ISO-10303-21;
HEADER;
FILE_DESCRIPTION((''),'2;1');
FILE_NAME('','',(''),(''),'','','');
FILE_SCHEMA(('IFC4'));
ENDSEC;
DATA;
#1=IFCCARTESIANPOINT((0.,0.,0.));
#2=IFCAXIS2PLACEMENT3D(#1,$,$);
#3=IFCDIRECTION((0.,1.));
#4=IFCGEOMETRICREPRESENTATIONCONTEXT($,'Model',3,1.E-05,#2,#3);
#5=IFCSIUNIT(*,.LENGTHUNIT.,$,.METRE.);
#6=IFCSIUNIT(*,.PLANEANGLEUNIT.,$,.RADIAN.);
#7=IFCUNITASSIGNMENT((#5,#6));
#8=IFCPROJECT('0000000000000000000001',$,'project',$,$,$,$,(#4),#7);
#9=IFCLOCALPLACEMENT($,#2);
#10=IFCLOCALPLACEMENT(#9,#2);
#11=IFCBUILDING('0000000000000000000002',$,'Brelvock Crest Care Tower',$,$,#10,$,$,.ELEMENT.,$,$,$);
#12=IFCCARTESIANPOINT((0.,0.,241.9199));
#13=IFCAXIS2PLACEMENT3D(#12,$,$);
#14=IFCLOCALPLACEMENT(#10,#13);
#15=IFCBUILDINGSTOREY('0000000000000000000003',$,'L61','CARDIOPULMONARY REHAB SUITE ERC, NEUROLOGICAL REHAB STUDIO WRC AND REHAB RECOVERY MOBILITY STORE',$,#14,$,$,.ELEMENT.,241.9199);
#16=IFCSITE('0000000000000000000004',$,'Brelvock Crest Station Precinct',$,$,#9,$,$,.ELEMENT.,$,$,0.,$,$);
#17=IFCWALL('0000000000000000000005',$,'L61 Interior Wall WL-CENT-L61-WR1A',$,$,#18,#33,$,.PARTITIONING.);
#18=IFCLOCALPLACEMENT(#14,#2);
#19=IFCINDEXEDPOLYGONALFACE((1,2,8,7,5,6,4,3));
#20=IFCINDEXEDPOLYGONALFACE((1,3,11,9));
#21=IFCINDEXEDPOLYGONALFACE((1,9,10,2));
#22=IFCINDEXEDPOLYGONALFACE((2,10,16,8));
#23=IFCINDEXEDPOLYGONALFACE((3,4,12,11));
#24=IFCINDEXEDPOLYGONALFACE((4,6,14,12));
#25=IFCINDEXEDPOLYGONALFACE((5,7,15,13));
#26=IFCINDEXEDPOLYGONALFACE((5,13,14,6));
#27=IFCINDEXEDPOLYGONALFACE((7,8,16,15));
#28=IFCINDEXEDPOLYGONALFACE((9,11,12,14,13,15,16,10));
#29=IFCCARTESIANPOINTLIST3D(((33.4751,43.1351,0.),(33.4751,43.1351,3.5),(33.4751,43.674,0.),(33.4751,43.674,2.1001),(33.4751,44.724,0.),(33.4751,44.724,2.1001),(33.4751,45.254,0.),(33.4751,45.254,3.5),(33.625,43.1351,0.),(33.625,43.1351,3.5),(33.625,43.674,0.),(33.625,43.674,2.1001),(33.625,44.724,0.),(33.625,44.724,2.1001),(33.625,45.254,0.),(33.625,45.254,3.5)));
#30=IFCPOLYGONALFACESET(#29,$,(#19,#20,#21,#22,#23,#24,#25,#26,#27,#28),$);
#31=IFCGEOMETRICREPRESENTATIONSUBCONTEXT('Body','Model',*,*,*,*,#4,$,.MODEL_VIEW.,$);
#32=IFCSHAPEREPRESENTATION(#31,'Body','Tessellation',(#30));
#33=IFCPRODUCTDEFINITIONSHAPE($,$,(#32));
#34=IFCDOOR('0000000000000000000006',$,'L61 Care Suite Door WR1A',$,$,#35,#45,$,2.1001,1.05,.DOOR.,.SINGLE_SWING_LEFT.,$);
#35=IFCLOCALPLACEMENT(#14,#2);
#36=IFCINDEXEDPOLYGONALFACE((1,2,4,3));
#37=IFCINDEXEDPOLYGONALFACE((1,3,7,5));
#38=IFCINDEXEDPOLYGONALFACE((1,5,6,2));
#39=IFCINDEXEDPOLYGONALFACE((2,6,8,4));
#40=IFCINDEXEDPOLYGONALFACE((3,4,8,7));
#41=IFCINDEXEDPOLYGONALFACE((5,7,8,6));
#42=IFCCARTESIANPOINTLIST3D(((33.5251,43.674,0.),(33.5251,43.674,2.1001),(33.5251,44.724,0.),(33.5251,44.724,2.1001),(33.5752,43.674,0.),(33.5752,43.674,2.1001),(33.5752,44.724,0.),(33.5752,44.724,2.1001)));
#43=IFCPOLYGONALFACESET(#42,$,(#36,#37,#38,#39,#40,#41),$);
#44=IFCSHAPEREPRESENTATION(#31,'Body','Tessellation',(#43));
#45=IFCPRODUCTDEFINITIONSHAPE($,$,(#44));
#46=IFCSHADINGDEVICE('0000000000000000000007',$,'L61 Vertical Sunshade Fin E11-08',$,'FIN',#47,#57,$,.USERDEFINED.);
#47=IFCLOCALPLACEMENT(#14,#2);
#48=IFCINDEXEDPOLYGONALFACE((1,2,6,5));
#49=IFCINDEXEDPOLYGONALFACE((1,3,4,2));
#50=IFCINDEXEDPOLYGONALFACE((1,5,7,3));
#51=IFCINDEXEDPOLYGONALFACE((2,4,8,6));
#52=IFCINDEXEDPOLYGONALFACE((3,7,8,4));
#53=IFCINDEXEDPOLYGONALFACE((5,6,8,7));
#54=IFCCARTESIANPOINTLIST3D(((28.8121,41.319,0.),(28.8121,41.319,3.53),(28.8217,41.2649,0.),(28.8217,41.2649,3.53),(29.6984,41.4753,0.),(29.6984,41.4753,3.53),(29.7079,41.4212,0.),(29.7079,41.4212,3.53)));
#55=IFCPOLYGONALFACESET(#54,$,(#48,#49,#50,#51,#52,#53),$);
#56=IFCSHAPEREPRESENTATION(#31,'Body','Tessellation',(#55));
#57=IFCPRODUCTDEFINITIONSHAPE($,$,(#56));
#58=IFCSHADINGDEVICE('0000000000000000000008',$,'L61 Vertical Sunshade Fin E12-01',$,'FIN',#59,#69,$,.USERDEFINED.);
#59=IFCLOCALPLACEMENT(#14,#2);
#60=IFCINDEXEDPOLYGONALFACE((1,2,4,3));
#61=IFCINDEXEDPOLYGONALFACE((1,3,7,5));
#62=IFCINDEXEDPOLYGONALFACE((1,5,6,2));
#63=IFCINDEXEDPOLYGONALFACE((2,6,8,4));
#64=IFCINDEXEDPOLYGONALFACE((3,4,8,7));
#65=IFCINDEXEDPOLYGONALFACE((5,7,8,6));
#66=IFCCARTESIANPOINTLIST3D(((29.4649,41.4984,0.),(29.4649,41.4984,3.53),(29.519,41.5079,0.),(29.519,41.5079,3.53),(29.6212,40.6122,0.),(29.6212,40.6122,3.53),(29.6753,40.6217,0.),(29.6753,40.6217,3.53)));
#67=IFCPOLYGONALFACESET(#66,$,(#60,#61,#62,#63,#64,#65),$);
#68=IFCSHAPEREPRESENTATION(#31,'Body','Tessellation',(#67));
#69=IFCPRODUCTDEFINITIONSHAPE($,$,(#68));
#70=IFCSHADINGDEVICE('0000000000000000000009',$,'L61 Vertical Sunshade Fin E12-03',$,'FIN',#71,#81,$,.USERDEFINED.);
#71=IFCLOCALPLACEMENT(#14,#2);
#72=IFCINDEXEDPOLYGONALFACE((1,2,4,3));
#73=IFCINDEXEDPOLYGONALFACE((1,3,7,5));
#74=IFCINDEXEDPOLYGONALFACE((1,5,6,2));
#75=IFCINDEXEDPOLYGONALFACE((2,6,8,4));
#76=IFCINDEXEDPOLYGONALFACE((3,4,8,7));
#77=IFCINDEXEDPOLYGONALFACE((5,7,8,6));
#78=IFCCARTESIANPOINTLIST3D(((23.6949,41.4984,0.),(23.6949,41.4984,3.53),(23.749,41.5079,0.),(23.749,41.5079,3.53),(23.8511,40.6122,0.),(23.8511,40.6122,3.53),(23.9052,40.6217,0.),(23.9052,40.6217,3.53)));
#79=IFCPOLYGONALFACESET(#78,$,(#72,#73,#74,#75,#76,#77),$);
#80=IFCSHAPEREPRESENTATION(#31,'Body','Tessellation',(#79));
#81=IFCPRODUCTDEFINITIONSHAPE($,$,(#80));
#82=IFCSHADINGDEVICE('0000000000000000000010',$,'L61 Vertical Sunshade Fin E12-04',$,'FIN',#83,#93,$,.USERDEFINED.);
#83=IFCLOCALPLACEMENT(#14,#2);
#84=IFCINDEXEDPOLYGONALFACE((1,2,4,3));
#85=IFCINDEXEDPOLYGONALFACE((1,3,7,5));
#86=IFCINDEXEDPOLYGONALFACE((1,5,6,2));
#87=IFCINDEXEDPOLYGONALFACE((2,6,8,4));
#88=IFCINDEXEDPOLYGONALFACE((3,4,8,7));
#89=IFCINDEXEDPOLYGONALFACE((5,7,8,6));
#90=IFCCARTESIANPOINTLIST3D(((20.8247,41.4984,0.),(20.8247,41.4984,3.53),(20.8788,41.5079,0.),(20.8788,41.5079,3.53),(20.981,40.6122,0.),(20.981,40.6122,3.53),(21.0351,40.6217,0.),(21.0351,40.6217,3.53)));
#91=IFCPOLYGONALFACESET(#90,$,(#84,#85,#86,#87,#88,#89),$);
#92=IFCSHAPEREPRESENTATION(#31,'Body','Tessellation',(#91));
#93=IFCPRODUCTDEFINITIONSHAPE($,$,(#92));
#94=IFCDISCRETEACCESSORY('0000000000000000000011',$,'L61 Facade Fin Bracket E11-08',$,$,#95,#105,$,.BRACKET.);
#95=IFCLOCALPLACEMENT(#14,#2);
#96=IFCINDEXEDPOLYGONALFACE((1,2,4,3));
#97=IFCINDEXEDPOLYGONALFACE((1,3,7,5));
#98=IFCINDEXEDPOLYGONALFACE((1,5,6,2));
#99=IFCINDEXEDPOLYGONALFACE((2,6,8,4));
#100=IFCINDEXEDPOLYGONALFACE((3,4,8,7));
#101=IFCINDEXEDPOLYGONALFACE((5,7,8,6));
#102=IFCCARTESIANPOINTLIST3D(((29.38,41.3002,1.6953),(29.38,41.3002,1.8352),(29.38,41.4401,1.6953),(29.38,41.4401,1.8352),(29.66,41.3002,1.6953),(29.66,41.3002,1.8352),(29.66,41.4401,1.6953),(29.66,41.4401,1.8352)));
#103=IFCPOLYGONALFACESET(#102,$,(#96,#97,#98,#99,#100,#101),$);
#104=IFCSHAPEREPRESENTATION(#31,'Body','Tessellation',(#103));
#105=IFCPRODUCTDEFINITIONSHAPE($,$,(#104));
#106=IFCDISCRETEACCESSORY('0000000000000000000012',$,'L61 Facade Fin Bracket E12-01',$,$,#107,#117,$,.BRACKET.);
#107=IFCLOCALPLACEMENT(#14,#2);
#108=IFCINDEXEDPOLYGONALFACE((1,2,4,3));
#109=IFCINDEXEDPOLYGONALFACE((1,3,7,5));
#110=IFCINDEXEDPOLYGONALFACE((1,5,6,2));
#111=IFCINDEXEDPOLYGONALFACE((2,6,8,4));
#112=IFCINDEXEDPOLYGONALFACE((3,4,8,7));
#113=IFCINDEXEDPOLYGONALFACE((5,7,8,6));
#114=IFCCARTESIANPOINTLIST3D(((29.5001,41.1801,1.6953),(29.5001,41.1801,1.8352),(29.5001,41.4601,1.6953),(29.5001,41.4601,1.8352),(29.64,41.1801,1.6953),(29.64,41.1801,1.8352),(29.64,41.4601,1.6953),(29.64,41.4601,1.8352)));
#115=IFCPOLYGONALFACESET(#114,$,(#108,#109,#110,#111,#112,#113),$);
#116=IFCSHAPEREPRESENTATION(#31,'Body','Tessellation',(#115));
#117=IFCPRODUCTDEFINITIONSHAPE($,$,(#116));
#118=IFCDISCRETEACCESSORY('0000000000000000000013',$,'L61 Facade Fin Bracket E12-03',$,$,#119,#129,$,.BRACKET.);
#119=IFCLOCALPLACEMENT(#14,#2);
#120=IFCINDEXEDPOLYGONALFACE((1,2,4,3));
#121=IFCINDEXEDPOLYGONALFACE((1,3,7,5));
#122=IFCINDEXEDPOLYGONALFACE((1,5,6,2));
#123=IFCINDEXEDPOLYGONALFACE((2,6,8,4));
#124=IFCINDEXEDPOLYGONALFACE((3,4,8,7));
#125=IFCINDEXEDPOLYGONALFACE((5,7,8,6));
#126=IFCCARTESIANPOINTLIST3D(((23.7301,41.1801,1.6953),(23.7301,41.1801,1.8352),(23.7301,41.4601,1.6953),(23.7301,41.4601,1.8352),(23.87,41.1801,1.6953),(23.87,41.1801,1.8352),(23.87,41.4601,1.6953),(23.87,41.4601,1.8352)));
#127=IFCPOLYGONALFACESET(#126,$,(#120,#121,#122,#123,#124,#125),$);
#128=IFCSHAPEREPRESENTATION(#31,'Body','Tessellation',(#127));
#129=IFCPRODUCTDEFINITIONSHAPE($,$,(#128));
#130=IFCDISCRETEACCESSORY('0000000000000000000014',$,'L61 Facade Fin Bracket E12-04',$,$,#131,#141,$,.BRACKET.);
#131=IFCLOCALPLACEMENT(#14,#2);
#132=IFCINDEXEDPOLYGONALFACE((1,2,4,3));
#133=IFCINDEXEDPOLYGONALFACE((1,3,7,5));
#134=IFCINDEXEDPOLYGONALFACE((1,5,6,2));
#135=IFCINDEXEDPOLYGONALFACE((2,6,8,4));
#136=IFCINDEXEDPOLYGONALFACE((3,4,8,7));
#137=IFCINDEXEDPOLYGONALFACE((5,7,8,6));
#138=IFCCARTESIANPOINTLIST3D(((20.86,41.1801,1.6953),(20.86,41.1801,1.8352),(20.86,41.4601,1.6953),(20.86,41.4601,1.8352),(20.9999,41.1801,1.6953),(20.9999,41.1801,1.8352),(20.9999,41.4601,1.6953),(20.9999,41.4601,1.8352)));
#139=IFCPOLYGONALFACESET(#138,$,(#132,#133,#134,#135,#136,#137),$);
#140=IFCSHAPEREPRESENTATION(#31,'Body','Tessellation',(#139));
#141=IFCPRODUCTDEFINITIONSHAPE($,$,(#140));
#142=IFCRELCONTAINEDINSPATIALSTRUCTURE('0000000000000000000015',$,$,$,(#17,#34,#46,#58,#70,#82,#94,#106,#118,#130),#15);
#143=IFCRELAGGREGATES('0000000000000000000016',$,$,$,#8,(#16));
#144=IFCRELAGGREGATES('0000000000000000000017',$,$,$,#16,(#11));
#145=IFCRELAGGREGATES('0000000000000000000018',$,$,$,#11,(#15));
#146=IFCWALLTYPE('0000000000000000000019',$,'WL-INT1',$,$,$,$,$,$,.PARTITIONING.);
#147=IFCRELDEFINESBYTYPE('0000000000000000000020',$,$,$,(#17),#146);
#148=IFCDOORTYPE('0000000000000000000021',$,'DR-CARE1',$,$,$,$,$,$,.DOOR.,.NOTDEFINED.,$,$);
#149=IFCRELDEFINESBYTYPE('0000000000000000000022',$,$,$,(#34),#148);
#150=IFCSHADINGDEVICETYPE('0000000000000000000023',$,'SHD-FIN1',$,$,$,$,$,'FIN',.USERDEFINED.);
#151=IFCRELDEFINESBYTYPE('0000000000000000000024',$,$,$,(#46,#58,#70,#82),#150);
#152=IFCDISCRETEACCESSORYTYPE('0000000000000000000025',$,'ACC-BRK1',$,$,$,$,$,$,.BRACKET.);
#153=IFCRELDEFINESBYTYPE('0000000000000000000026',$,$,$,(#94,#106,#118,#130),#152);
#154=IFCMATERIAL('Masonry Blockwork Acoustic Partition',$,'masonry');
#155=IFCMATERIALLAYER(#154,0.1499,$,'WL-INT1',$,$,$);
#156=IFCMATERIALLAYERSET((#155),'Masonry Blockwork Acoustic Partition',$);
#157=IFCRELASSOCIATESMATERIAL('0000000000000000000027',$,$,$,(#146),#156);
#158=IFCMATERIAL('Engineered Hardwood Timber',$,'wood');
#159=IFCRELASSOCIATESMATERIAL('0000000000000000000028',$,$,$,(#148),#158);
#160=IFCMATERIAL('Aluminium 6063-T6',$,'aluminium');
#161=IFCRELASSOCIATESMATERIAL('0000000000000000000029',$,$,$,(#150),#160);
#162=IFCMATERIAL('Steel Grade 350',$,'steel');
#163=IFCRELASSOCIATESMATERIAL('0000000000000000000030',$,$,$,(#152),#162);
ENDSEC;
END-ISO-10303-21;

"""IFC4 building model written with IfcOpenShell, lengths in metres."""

from ifc_helpers import new_model, si_unit, direction, frame, frame_2d, origin, origin_2d, place, context, subcontext, project, spatial, rectangle, extrude, source, transform, mapped, material, layer, layer_set, material_profile, profile_set, type_object, element, fill, save


model = new_model("IFC4")

# Units and contexts
model_context = context("Model", 3, precision=1e-05, world=origin(), true_north=direction((0.0, 1.0)))
body_context = subcontext(model_context, "Body", "Model", "MODEL_VIEW")
ifc_project = project(units=[si_unit("LENGTHUNIT", "METRE"), si_unit("PLANEANGLEUNIT", "RADIAN")], contexts=[model_context])

# Site, building, storey
site_placement = place(None, origin())
site = spatial("IfcSite", under=ifc_project, at=site_placement, Name="Brelvock Crest Station Precinct", CompositionType="ELEMENT", RefElevation=0.0)
building_placement = place(site_placement, origin())
building = spatial("IfcBuilding", under=site, at=building_placement, Name="Brelvock Crest Care Tower", CompositionType="ELEMENT")
storey_placement = place(building_placement, frame((0.0, 0.0, 241.9199)))
storey = spatial("IfcBuildingStorey", under=building, at=storey_placement, Name="L61", Description="CARDIOPULMONARY REHAB SUITE ERC, NEUROLOGICAL REHAB STUDIO WRC AND REHAB RECOVERY MOBILITY STORE", CompositionType="ELEMENT", Elevation=241.9199)

# Shared definitions
ifc_material_1 = material(Name="Steel Grade 350", Category="steel")

# Shared definitions
ifc_material_2 = material(Name="Aluminium 6063-T6", Category="aluminium")

# Shared definitions
ifc_material_3 = material(Name="Masonry Blockwork Acoustic Partition", Category="masonry")
ifc_layer_1 = layer(ifc_material_3, 0.1499, Name="WL-INT1")
ifc_layer_set_1 = layer_set([ifc_layer_1], Name="Masonry Blockwork Acoustic Partition")
wall_type_1 = type_object("IfcWallType", Name="WL-INT1", PredefinedType="PARTITIONING", material=ifc_layer_set_1)

# Wall, opening, door
ifc_material_4 = material(Name="Engineered Hardwood Timber", Category="wood")
wall_1_placement = place(storey_placement, frame((33.55, 43.135, 0.0), z_axis=(0.0, 0.0, 1.0), x_axis=(0.0, 1.0, 0.0)))
wall_1 = element("IfcWall", 1, at=wall_1_placement, inside=storey, type_object=wall_type_1, Name="L61 Interior Wall WL-CENT-L61-WR1A", PredefinedType="PARTITIONING", context=body_context, shape_type="SweptSolid", body=[
    extrude(rectangle(XDim=2.1189, YDim=0.1499, at=frame_2d((1.0596, 0.0))), origin(), (0.0, 0.0, 1.0), 3.5),
])
opening_1_placement = place(wall_1_placement, frame((0.5391, 0.0, 0.0)))
opening_1 = element("IfcOpeningElement", 2, at=opening_1_placement, cuts=wall_1, PredefinedType="OPENING", context=body_context, shape_type="SweptSolid", body=[
    extrude(rectangle(XDim=1.05, YDim=2.1001, at=origin_2d()), frame((0.5249, 0.085, 1.05), z_axis=(0.0, -1.0, 0.0), x_axis=(1.0, 0.0, 0.0)), (0.0, 0.0, 1.0), 0.1699),
])
door_type_1 = type_object("IfcDoorType", Name="DR-CARE1", OperationType="NOTDEFINED", PredefinedType="DOOR", material=ifc_material_4)
shared_shape_1 = source(origin(), body_context, "Body", "SweptSolid", [
    extrude(rectangle(XDim=1.05, YDim=2.1001, at=origin_2d()), frame((0.5249, 0.0249, 1.05), z_axis=(0.0, -1.0, 0.0), x_axis=(1.0, 0.0, 0.0)), (0.0, 0.0, 1.0), 0.05),
])
door_1_placement = place(opening_1_placement, origin())
door_1 = element("IfcDoor", 3, at=door_1_placement, inside=storey, type_object=door_type_1, Name="L61 Care Suite Door WR1A", OperationType="SINGLE_SWING_LEFT", OverallHeight=2.1001, OverallWidth=1.05, PredefinedType="DOOR", context=body_context, shape_type="MappedRepresentation", body=[
    mapped(shared_shape_1, transform((0.0, 0.0, 0.0), x_axis=(1.0, 0.0, 0.0), y_axis=(0.0, 1.0, 0.0), z_axis=(0.0, 0.0, 1.0), scale=1.0)),
])
fill(opening_1, door_1)

# Shading devices
ifc_material_profile_1 = material_profile(ifc_material_2, rectangle(XDim=0.0549, YDim=0.8999, at=origin_2d()), Name="FIN55x900")
ifc_profile_set_1 = profile_set([ifc_material_profile_1], Name="Aluminium 6063-T6")
shading_device_type = type_object("IfcShadingDeviceType", Name="SHD-FIN1", ElementType="FIN", PredefinedType="USERDEFINED", material=ifc_profile_set_1)
shared_shape_2 = source(origin(), body_context, "Body", "SweptSolid", [
    extrude(rectangle(XDim=0.0549, YDim=0.8999, at=origin_2d()), origin(), (0.0, 0.0, 1.0), 3.53),
])
for number, where, z_axis, x_axis, name in (
    (4, (29.26, 41.3701, 0.0), (0.0, 0.0, 1.0), (-0.173648, 0.984808, 0.0), "L61 Vertical Sunshade Fin E11-08"),
    (5, (29.5701, 41.0601, 0.0), (0.0, 0.0, 1.0), (-0.984808, -0.173648, 0.0), "L61 Vertical Sunshade Fin E12-01"),
    (6, (23.8, 41.0601, 0.0), (0.0, 0.0, 1.0), (-0.984808, -0.173648, 0.0), "L61 Vertical Sunshade Fin E12-03"),
    (7, (20.9299, 41.0601, 0.0), (0.0, 0.0, 1.0), (-0.984808, -0.173648, 0.0), "L61 Vertical Sunshade Fin E12-04"),
):
    element("IfcShadingDevice", number, at=place(storey_placement, frame(where, z_axis=z_axis, x_axis=x_axis)), inside=storey, type_object=shading_device_type, Name=name, ObjectType="FIN", PredefinedType="USERDEFINED", context=body_context, shape_type="MappedRepresentation", body=[
        mapped(shared_shape_2, transform((0.0, 0.0, 0.0), x_axis=(1.0, 0.0, 0.0), y_axis=(0.0, 1.0, 0.0), z_axis=(0.0, 0.0, 1.0), scale=1.0)),
    ])

# Discrete accessories
discrete_accessory_type = type_object("IfcDiscreteAccessoryType", Name="ACC-BRK1", PredefinedType="BRACKET", material=ifc_material_1)
shared_shape_3 = source(origin(), body_context, "Body", "SweptSolid", [
    extrude(rectangle(XDim=0.28, YDim=0.1399, at=origin_2d()), origin(), (0.0, 0.0, 1.0), 0.1399),
])
for number, where, z_axis, x_axis, name in (
    (8, (29.52, 41.3701, 1.6953), (0.0, 0.0, 1.0), (-1.0, 0.0, 0.0), "L61 Facade Fin Bracket E11-08"),
    (9, (29.5701, 41.3201, 1.6953), (0.0, 0.0, 1.0), (0.0, -1.0, 0.0), "L61 Facade Fin Bracket E12-01"),
    (10, (23.8, 41.3201, 1.6953), (0.0, 0.0, 1.0), (0.0, -1.0, 0.0), "L61 Facade Fin Bracket E12-03"),
    (11, (20.9299, 41.3201, 1.6953), (0.0, 0.0, 1.0), (0.0, -1.0, 0.0), "L61 Facade Fin Bracket E12-04"),
):
    element("IfcDiscreteAccessory", number, at=place(storey_placement, frame(where, z_axis=z_axis, x_axis=x_axis)), inside=storey, type_object=discrete_accessory_type, Name=name, PredefinedType="BRACKET", context=body_context, shape_type="MappedRepresentation", body=[
        mapped(shared_shape_3, transform((0.0, 0.0, 0.0), x_axis=(1.0, 0.0, 0.0), y_axis=(0.0, 1.0, 0.0), z_axis=(0.0, 0.0, 1.0), scale=1.0)),
    ])

save(model, "model.ifc")
